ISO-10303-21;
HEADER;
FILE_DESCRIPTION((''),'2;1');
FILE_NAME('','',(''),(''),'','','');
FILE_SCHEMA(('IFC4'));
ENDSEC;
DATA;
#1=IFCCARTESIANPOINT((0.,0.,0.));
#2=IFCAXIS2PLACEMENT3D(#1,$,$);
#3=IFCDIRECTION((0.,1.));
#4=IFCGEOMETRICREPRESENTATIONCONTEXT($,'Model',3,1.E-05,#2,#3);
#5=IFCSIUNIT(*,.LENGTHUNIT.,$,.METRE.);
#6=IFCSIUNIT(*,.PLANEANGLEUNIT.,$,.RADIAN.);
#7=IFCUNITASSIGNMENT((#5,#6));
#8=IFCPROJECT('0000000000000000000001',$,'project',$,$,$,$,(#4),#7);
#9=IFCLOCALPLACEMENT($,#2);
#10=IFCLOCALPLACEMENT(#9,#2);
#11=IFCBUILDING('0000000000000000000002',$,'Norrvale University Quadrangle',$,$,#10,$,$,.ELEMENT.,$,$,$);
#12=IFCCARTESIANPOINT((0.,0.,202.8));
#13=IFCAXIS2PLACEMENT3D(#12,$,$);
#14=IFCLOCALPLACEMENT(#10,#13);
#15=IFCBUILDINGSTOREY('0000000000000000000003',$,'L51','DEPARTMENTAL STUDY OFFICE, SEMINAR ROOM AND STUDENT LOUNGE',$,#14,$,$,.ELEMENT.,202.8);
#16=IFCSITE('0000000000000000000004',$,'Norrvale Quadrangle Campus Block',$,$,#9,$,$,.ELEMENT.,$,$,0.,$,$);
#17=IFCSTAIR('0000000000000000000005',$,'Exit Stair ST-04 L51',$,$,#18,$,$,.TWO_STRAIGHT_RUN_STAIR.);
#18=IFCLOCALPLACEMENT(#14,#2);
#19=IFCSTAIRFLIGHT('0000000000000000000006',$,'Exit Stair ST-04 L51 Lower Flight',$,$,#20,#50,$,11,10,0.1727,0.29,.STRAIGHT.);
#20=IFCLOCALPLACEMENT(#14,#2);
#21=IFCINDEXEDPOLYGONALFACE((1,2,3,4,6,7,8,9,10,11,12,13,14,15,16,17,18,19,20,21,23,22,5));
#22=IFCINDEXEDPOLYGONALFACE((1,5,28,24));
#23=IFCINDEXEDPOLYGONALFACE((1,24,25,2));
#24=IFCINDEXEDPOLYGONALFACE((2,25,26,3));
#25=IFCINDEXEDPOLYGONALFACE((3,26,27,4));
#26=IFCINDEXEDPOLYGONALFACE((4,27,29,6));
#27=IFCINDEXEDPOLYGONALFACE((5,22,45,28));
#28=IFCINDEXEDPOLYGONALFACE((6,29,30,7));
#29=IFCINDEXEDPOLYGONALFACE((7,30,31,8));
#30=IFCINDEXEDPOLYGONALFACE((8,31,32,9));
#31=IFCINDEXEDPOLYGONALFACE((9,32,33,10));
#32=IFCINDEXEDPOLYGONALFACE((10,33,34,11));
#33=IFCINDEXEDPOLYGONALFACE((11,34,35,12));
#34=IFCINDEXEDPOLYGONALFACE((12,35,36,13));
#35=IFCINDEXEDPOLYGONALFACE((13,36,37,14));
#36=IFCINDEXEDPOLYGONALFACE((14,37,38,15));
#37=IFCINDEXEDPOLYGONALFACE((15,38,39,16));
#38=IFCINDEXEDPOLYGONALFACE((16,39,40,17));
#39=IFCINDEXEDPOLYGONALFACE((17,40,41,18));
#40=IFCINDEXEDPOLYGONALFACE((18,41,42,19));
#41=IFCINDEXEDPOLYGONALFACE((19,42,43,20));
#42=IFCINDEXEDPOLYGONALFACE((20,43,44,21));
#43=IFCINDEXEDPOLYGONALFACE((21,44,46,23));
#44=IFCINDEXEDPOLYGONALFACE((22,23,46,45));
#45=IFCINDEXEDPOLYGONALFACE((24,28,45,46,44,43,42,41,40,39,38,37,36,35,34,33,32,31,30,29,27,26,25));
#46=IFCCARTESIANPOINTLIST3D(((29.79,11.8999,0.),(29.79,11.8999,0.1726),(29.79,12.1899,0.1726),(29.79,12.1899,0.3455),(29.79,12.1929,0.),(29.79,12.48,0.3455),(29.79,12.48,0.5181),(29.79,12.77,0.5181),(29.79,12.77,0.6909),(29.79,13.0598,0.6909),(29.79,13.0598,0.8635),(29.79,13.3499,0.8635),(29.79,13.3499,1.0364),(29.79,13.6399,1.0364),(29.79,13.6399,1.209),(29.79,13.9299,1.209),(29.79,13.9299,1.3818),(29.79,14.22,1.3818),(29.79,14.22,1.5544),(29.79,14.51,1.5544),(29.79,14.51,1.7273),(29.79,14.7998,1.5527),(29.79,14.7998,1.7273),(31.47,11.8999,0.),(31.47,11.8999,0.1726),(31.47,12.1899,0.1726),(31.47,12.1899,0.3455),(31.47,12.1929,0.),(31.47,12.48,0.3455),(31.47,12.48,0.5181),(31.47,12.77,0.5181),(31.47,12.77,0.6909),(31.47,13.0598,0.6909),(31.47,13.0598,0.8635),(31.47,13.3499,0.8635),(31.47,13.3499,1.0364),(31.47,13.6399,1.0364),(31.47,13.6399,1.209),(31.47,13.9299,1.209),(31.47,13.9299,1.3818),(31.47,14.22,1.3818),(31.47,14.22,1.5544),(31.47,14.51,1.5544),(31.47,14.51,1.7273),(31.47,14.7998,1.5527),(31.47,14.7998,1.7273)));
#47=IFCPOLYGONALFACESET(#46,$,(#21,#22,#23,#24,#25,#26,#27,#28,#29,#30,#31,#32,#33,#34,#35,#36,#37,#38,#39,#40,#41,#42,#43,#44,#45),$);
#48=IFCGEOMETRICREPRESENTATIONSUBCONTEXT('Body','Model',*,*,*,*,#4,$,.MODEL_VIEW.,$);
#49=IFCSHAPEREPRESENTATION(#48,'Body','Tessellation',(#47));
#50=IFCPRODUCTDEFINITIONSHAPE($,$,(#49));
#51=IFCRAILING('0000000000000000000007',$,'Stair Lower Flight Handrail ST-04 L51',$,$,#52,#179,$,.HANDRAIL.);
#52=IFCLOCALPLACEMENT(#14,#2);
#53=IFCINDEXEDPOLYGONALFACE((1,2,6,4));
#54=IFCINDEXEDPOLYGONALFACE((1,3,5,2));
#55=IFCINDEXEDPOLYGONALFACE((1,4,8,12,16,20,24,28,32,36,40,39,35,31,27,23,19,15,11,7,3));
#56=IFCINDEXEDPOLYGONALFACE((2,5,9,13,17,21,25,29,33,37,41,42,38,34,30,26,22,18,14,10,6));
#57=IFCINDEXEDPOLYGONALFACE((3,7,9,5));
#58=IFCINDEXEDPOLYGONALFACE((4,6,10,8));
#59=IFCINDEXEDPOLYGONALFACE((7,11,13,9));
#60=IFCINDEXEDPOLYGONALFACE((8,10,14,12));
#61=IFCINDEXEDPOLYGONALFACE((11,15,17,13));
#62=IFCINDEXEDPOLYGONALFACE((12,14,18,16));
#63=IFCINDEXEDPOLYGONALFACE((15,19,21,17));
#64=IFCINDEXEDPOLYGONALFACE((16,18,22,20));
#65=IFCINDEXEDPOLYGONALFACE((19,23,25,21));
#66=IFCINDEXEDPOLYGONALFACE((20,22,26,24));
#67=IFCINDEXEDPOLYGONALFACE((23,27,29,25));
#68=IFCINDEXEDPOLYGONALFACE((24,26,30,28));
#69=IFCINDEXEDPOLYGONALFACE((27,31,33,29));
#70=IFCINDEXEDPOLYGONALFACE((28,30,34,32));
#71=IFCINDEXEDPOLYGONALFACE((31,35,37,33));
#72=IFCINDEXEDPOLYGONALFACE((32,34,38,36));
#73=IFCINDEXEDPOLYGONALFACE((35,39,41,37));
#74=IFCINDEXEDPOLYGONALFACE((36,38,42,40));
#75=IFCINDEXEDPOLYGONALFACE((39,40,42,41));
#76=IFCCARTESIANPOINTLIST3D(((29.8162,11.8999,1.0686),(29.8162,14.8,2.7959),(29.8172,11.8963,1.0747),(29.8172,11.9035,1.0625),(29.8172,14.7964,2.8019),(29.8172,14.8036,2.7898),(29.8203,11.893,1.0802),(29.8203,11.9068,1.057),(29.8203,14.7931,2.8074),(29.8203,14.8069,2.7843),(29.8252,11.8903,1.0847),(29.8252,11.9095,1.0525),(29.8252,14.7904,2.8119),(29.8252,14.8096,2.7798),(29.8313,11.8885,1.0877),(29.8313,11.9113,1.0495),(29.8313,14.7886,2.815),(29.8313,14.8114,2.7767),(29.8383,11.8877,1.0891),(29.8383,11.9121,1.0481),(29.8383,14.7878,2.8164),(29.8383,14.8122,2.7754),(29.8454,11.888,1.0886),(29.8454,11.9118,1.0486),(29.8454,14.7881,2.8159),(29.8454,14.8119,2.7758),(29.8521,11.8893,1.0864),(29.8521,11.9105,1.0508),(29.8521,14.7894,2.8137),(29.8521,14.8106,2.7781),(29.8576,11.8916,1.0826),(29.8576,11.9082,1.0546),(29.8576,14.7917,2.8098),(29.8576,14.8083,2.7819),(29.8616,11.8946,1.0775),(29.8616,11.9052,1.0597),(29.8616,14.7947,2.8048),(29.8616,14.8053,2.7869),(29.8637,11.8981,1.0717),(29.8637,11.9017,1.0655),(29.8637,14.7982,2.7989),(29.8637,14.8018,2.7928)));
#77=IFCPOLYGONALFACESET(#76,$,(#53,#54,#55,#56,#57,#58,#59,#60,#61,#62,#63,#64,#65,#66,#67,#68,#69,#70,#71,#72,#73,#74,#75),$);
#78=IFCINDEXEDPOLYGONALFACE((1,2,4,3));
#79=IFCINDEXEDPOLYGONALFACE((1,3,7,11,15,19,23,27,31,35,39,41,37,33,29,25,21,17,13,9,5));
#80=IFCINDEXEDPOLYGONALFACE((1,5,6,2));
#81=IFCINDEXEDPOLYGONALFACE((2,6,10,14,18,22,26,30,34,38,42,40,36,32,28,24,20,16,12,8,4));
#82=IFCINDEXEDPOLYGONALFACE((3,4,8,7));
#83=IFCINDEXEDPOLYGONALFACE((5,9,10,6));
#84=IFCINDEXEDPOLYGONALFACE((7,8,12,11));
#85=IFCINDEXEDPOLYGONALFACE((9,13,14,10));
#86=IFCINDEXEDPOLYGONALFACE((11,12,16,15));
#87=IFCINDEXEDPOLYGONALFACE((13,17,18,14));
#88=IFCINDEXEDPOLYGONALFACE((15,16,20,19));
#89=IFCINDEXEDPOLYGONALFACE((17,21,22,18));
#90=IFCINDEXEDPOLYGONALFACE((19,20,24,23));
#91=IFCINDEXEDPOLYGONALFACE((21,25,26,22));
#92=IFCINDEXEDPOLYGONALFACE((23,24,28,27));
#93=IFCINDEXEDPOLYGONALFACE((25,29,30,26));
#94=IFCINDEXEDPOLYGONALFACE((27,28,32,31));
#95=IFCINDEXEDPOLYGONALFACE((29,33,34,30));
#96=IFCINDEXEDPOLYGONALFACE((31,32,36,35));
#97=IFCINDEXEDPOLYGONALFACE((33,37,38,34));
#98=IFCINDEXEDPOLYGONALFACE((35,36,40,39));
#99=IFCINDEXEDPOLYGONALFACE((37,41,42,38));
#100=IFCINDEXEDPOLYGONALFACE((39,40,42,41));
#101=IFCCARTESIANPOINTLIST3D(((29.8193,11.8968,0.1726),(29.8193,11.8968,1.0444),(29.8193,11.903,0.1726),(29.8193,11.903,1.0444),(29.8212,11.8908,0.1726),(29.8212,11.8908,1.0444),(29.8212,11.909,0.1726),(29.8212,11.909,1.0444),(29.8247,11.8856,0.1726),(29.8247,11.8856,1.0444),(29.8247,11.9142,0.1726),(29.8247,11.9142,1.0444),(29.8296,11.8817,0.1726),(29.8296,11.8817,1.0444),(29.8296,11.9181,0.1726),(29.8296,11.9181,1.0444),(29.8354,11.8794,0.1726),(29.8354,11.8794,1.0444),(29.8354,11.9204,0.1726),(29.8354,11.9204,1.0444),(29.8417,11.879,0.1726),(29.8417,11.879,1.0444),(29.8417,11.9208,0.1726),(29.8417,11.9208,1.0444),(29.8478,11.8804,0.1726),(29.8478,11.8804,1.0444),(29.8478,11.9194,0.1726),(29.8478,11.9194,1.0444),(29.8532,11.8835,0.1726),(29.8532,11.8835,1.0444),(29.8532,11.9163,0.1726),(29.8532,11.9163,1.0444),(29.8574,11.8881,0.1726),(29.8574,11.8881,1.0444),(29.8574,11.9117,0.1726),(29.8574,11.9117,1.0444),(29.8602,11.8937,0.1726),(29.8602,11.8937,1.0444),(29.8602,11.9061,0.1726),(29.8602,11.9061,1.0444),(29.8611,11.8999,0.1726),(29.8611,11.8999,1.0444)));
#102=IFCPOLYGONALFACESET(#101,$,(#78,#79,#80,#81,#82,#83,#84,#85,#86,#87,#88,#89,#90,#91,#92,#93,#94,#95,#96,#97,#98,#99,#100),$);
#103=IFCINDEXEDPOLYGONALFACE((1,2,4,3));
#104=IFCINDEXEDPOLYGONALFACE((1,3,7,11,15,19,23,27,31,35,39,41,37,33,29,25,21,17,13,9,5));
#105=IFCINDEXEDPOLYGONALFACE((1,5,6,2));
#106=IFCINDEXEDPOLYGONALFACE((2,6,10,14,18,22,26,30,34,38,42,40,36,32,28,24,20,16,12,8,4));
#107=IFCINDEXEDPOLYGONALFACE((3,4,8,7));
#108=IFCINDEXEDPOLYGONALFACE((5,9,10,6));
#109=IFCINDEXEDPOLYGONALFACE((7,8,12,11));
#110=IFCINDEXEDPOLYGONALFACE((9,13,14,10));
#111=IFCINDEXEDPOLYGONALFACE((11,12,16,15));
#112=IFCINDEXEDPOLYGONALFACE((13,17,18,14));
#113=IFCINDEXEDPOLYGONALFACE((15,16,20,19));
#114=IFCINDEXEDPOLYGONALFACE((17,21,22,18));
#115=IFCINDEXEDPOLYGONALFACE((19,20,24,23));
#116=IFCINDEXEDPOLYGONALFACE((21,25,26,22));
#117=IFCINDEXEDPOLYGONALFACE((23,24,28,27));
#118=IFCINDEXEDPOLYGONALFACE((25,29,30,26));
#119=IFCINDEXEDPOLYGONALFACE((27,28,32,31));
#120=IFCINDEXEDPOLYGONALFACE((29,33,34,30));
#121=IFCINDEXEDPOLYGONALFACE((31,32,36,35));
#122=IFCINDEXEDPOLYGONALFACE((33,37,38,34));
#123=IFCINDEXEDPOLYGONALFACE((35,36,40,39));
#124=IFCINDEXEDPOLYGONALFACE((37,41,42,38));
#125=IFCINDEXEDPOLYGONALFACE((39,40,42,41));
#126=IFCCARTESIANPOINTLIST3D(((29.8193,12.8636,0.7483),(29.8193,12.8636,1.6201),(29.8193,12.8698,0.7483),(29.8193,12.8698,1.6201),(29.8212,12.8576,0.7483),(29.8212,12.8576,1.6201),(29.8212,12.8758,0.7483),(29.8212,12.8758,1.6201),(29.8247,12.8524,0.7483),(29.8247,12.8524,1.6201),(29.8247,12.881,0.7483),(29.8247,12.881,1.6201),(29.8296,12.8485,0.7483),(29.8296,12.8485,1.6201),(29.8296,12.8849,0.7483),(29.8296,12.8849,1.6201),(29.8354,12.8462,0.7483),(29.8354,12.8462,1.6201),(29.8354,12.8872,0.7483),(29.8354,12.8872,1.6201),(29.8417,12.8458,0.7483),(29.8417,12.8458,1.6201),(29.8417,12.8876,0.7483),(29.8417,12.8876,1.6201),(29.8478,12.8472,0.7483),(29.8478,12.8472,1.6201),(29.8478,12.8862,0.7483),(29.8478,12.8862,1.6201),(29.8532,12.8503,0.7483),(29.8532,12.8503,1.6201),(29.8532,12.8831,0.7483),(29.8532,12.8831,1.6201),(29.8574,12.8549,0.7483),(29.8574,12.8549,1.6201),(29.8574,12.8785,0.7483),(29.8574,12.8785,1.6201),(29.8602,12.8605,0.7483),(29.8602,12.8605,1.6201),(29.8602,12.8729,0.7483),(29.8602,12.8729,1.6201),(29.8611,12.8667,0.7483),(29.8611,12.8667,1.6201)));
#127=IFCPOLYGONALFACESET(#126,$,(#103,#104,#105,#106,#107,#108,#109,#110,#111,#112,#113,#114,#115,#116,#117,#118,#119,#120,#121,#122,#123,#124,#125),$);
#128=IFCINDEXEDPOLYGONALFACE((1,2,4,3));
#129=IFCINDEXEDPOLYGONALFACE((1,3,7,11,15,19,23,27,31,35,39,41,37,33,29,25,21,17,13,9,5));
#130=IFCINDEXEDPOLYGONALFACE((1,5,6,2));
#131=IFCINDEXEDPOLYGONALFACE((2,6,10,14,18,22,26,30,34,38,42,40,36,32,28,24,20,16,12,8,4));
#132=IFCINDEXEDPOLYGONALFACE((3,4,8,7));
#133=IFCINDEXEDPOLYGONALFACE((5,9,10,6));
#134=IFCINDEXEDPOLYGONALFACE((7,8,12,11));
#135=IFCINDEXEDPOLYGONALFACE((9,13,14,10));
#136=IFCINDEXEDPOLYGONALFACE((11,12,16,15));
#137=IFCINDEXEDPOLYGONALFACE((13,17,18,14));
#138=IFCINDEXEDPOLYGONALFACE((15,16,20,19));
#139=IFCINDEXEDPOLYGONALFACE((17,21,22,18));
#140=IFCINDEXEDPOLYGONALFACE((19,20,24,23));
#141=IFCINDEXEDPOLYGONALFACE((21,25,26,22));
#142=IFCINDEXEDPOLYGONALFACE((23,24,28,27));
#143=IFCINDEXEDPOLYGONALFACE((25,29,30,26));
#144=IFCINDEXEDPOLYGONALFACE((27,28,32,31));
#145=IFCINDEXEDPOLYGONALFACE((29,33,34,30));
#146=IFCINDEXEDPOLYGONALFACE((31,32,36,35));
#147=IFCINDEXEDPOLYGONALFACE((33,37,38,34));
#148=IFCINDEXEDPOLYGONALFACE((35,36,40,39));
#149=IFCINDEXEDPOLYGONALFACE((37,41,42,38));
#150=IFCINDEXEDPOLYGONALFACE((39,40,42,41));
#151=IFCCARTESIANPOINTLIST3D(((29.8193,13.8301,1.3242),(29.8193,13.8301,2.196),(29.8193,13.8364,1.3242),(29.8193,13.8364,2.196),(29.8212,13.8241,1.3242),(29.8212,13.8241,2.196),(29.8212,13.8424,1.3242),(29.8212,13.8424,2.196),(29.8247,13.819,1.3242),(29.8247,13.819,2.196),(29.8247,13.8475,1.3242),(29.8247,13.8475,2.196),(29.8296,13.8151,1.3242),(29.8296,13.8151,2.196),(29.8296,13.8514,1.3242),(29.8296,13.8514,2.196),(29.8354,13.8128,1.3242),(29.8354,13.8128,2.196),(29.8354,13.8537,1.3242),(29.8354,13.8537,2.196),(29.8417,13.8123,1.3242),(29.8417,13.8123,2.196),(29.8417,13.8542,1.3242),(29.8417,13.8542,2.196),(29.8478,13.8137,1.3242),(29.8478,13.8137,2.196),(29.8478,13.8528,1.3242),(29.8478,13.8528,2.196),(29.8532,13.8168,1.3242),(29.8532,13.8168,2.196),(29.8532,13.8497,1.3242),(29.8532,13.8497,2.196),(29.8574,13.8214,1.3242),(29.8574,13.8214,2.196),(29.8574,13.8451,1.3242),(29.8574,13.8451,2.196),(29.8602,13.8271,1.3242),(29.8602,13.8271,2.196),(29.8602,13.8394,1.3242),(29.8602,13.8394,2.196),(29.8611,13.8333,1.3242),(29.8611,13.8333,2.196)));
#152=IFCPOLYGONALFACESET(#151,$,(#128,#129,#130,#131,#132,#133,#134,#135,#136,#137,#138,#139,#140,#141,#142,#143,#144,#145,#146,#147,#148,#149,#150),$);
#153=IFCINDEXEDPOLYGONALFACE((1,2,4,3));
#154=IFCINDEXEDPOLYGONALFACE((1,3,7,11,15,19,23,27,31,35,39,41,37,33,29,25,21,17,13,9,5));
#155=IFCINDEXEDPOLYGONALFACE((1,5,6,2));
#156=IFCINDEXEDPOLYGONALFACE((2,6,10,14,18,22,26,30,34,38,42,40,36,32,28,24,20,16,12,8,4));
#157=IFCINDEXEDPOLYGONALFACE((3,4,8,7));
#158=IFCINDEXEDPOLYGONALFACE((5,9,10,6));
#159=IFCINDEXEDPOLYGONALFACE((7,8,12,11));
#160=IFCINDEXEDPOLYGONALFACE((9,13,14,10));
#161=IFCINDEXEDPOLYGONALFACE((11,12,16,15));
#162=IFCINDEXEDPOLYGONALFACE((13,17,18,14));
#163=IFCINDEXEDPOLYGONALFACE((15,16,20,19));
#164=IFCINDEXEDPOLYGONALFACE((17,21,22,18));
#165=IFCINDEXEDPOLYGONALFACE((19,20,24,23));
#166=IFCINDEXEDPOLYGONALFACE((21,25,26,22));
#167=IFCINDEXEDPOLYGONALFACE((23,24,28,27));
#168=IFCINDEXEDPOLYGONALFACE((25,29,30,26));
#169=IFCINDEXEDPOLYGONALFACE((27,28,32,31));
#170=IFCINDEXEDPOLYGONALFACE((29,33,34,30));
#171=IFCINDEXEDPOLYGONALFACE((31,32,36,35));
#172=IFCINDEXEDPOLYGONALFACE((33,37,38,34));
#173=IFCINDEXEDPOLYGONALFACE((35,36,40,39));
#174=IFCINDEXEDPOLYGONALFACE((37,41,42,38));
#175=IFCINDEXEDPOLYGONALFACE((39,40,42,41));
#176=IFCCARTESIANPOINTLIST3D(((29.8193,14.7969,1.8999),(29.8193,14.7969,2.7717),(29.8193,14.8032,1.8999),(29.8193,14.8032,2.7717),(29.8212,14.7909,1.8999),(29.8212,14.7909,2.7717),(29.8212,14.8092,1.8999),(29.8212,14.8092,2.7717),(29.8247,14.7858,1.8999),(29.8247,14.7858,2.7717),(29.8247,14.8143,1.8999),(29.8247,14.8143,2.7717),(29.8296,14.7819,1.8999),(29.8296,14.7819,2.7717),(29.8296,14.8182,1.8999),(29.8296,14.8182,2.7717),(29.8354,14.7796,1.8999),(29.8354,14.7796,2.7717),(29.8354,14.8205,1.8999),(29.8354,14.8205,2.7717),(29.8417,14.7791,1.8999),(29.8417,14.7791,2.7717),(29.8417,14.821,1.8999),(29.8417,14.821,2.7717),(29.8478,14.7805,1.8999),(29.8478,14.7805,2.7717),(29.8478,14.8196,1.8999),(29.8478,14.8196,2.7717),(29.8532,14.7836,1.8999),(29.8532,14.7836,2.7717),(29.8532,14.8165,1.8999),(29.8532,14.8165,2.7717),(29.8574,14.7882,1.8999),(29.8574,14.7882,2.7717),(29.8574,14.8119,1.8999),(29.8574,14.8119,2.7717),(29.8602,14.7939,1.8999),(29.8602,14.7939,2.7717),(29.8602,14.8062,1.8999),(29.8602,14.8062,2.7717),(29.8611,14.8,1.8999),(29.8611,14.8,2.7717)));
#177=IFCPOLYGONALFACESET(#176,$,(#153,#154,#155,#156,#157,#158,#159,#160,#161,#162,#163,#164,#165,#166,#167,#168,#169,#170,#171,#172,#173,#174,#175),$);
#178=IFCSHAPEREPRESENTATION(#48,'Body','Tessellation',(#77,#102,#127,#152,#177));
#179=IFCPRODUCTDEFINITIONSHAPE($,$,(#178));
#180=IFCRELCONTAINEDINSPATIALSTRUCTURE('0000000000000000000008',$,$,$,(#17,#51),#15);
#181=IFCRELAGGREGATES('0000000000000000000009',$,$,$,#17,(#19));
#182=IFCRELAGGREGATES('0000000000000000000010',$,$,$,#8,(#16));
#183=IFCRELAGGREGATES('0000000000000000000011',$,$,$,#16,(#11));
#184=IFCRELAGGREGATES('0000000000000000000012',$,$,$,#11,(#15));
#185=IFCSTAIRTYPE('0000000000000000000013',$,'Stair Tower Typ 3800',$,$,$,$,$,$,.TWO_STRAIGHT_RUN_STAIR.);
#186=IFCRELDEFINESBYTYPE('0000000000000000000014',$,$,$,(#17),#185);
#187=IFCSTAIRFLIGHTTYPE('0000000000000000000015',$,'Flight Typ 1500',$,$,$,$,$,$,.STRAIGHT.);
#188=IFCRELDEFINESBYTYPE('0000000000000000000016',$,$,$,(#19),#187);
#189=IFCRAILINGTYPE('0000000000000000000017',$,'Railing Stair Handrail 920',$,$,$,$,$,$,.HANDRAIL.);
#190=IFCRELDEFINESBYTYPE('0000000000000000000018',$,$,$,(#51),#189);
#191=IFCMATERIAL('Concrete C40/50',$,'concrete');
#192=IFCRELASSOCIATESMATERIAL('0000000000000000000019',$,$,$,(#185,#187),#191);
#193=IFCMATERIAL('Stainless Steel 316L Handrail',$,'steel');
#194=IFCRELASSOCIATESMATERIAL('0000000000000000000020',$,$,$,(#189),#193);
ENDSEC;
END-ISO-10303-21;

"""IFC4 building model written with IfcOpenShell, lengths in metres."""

from ifc_helpers import new_model, si_unit, direction, frame, origin, origin_2d, place, context, subcontext, project, spatial, polyline, circle, outline, extrude, material, type_object, element, aggregate, save


model = new_model("IFC4")

# Units and contexts
model_context = context("Model", 3, precision=1e-05, world=origin(), true_north=direction((0.0, 1.0)))
body_context = subcontext(model_context, "Body", "Model", "MODEL_VIEW")
ifc_project = project(units=[si_unit("LENGTHUNIT", "METRE"), si_unit("PLANEANGLEUNIT", "RADIAN")], contexts=[model_context])

# Site, building, storey
site_placement = place(None, origin())
site = spatial("IfcSite", under=ifc_project, at=site_placement, Name="Norrvale Quadrangle Campus Block", CompositionType="ELEMENT", RefElevation=0.0)
building_placement = place(site_placement, origin())
building = spatial("IfcBuilding", under=site, at=building_placement, Name="Norrvale University Quadrangle", CompositionType="ELEMENT")
storey_placement = place(building_placement, frame((0.0, 0.0, 202.8)))
storey = spatial("IfcBuildingStorey", under=building, at=storey_placement, Name="L51", Description="DEPARTMENTAL STUDY OFFICE, SEMINAR ROOM AND STUDENT LOUNGE", CompositionType="ELEMENT", Elevation=202.8)

# Stair, stair flight
ifc_material_1 = material(Name="Concrete C40/50", Category="concrete")
stair_type = type_object("IfcStairType", Name="Stair Tower Typ 3800", PredefinedType="TWO_STRAIGHT_RUN_STAIR", material=ifc_material_1)
stair_placement = place(storey_placement, origin())
stair = element("IfcStair", 1, at=stair_placement, inside=storey, type_object=stair_type, Name="Exit Stair ST-04 L51", PredefinedType="TWO_STRAIGHT_RUN_STAIR")
stair_flight_type = type_object("IfcStairFlightType", Name="Flight Typ 1500", PredefinedType="STRAIGHT", material=ifc_material_1)
stair_flight_placement = place(storey_placement, frame((30.6299, 11.8999, 0.0), z_axis=(0.0, 0.0, 1.0), x_axis=(0.0, 1.0, 0.0)))
stair_flight = element("IfcStairFlight", 2, at=stair_flight_placement, type_object=stair_flight_type, Name="Exit Stair ST-04 L51 Lower Flight", NumberOfRisers=11, NumberOfTreads=10, PredefinedType="STRAIGHT", RiserHeight=0.1727, TreadLength=0.29, context=body_context, shape_type="SweptSolid", body=[
    extrude(outline(polyline([(0.0, 0.0), (0.0, 0.1726), (0.29, 0.1726), (0.29, 0.3455), (0.5801, 0.3455), (0.5801, 0.5181), (0.8701, 0.5181), (0.8701, 0.6909), (1.1599, 0.6909), (1.1599, 0.8635), (1.45, 0.8635), (1.45, 1.0364), (1.74, 1.0364), (1.74, 1.209), (2.03, 1.209), (2.03, 1.3818), (2.3201, 1.3818), (2.3201, 1.5544), (2.6101, 1.5544), (2.6101, 1.7273), (2.8999, 1.7273), (2.8999, 1.8999), (2.8999, 1.5527), (0.293, 0.0), (0.0, 0.0)])), frame((0.0, 0.8398, 0.0), z_axis=(0.0, -1.0, 0.0), x_axis=(1.0, 0.0, 0.0)), (0.0, 0.0, 1.0), 1.6799),
])
aggregate(stair, [stair_flight])

# Railing
ifc_material_2 = material(Name="Stainless Steel 316L Handrail", Category="steel")
railing_type = type_object("IfcRailingType", Name="Railing Stair Handrail 920", PredefinedType="HANDRAIL", material=ifc_material_2)
railing_placement = place(storey_placement, frame((29.8401, 11.8999, 0.1726)))
element("IfcRailing", 3, at=railing_placement, inside=storey, type_object=railing_type, Name="Stair Lower Flight Handrail ST-04 L51", PredefinedType="HANDRAIL", context=body_context, shape_type="SweptSolid", body=[
    extrude(circle(Radius=0.0239, at=origin_2d()), frame((0.0, 0.0, 0.896), z_axis=(0.0, 0.85916, 0.511706), x_axis=(-1.0, 0.0, 0.0)), (0.0, 0.0, 1.0), 3.3755),
    extrude(circle(Radius=0.021, at=origin_2d()), origin(), (0.0, 0.0, 1.0), 0.8718),
    extrude(circle(Radius=0.021, at=origin_2d()), frame((0.0, 0.9668, 0.5757)), (0.0, 0.0, 1.0), 0.8718),
    extrude(circle(Radius=0.021, at=origin_2d()), frame((0.0, 1.9333, 1.1516)), (0.0, 0.0, 1.0), 0.8718),
    extrude(circle(Radius=0.021, at=origin_2d()), frame((0.0, 2.9001, 1.7273)), (0.0, 0.0, 1.0), 0.8718),
])

save(model, "model.ifc")
